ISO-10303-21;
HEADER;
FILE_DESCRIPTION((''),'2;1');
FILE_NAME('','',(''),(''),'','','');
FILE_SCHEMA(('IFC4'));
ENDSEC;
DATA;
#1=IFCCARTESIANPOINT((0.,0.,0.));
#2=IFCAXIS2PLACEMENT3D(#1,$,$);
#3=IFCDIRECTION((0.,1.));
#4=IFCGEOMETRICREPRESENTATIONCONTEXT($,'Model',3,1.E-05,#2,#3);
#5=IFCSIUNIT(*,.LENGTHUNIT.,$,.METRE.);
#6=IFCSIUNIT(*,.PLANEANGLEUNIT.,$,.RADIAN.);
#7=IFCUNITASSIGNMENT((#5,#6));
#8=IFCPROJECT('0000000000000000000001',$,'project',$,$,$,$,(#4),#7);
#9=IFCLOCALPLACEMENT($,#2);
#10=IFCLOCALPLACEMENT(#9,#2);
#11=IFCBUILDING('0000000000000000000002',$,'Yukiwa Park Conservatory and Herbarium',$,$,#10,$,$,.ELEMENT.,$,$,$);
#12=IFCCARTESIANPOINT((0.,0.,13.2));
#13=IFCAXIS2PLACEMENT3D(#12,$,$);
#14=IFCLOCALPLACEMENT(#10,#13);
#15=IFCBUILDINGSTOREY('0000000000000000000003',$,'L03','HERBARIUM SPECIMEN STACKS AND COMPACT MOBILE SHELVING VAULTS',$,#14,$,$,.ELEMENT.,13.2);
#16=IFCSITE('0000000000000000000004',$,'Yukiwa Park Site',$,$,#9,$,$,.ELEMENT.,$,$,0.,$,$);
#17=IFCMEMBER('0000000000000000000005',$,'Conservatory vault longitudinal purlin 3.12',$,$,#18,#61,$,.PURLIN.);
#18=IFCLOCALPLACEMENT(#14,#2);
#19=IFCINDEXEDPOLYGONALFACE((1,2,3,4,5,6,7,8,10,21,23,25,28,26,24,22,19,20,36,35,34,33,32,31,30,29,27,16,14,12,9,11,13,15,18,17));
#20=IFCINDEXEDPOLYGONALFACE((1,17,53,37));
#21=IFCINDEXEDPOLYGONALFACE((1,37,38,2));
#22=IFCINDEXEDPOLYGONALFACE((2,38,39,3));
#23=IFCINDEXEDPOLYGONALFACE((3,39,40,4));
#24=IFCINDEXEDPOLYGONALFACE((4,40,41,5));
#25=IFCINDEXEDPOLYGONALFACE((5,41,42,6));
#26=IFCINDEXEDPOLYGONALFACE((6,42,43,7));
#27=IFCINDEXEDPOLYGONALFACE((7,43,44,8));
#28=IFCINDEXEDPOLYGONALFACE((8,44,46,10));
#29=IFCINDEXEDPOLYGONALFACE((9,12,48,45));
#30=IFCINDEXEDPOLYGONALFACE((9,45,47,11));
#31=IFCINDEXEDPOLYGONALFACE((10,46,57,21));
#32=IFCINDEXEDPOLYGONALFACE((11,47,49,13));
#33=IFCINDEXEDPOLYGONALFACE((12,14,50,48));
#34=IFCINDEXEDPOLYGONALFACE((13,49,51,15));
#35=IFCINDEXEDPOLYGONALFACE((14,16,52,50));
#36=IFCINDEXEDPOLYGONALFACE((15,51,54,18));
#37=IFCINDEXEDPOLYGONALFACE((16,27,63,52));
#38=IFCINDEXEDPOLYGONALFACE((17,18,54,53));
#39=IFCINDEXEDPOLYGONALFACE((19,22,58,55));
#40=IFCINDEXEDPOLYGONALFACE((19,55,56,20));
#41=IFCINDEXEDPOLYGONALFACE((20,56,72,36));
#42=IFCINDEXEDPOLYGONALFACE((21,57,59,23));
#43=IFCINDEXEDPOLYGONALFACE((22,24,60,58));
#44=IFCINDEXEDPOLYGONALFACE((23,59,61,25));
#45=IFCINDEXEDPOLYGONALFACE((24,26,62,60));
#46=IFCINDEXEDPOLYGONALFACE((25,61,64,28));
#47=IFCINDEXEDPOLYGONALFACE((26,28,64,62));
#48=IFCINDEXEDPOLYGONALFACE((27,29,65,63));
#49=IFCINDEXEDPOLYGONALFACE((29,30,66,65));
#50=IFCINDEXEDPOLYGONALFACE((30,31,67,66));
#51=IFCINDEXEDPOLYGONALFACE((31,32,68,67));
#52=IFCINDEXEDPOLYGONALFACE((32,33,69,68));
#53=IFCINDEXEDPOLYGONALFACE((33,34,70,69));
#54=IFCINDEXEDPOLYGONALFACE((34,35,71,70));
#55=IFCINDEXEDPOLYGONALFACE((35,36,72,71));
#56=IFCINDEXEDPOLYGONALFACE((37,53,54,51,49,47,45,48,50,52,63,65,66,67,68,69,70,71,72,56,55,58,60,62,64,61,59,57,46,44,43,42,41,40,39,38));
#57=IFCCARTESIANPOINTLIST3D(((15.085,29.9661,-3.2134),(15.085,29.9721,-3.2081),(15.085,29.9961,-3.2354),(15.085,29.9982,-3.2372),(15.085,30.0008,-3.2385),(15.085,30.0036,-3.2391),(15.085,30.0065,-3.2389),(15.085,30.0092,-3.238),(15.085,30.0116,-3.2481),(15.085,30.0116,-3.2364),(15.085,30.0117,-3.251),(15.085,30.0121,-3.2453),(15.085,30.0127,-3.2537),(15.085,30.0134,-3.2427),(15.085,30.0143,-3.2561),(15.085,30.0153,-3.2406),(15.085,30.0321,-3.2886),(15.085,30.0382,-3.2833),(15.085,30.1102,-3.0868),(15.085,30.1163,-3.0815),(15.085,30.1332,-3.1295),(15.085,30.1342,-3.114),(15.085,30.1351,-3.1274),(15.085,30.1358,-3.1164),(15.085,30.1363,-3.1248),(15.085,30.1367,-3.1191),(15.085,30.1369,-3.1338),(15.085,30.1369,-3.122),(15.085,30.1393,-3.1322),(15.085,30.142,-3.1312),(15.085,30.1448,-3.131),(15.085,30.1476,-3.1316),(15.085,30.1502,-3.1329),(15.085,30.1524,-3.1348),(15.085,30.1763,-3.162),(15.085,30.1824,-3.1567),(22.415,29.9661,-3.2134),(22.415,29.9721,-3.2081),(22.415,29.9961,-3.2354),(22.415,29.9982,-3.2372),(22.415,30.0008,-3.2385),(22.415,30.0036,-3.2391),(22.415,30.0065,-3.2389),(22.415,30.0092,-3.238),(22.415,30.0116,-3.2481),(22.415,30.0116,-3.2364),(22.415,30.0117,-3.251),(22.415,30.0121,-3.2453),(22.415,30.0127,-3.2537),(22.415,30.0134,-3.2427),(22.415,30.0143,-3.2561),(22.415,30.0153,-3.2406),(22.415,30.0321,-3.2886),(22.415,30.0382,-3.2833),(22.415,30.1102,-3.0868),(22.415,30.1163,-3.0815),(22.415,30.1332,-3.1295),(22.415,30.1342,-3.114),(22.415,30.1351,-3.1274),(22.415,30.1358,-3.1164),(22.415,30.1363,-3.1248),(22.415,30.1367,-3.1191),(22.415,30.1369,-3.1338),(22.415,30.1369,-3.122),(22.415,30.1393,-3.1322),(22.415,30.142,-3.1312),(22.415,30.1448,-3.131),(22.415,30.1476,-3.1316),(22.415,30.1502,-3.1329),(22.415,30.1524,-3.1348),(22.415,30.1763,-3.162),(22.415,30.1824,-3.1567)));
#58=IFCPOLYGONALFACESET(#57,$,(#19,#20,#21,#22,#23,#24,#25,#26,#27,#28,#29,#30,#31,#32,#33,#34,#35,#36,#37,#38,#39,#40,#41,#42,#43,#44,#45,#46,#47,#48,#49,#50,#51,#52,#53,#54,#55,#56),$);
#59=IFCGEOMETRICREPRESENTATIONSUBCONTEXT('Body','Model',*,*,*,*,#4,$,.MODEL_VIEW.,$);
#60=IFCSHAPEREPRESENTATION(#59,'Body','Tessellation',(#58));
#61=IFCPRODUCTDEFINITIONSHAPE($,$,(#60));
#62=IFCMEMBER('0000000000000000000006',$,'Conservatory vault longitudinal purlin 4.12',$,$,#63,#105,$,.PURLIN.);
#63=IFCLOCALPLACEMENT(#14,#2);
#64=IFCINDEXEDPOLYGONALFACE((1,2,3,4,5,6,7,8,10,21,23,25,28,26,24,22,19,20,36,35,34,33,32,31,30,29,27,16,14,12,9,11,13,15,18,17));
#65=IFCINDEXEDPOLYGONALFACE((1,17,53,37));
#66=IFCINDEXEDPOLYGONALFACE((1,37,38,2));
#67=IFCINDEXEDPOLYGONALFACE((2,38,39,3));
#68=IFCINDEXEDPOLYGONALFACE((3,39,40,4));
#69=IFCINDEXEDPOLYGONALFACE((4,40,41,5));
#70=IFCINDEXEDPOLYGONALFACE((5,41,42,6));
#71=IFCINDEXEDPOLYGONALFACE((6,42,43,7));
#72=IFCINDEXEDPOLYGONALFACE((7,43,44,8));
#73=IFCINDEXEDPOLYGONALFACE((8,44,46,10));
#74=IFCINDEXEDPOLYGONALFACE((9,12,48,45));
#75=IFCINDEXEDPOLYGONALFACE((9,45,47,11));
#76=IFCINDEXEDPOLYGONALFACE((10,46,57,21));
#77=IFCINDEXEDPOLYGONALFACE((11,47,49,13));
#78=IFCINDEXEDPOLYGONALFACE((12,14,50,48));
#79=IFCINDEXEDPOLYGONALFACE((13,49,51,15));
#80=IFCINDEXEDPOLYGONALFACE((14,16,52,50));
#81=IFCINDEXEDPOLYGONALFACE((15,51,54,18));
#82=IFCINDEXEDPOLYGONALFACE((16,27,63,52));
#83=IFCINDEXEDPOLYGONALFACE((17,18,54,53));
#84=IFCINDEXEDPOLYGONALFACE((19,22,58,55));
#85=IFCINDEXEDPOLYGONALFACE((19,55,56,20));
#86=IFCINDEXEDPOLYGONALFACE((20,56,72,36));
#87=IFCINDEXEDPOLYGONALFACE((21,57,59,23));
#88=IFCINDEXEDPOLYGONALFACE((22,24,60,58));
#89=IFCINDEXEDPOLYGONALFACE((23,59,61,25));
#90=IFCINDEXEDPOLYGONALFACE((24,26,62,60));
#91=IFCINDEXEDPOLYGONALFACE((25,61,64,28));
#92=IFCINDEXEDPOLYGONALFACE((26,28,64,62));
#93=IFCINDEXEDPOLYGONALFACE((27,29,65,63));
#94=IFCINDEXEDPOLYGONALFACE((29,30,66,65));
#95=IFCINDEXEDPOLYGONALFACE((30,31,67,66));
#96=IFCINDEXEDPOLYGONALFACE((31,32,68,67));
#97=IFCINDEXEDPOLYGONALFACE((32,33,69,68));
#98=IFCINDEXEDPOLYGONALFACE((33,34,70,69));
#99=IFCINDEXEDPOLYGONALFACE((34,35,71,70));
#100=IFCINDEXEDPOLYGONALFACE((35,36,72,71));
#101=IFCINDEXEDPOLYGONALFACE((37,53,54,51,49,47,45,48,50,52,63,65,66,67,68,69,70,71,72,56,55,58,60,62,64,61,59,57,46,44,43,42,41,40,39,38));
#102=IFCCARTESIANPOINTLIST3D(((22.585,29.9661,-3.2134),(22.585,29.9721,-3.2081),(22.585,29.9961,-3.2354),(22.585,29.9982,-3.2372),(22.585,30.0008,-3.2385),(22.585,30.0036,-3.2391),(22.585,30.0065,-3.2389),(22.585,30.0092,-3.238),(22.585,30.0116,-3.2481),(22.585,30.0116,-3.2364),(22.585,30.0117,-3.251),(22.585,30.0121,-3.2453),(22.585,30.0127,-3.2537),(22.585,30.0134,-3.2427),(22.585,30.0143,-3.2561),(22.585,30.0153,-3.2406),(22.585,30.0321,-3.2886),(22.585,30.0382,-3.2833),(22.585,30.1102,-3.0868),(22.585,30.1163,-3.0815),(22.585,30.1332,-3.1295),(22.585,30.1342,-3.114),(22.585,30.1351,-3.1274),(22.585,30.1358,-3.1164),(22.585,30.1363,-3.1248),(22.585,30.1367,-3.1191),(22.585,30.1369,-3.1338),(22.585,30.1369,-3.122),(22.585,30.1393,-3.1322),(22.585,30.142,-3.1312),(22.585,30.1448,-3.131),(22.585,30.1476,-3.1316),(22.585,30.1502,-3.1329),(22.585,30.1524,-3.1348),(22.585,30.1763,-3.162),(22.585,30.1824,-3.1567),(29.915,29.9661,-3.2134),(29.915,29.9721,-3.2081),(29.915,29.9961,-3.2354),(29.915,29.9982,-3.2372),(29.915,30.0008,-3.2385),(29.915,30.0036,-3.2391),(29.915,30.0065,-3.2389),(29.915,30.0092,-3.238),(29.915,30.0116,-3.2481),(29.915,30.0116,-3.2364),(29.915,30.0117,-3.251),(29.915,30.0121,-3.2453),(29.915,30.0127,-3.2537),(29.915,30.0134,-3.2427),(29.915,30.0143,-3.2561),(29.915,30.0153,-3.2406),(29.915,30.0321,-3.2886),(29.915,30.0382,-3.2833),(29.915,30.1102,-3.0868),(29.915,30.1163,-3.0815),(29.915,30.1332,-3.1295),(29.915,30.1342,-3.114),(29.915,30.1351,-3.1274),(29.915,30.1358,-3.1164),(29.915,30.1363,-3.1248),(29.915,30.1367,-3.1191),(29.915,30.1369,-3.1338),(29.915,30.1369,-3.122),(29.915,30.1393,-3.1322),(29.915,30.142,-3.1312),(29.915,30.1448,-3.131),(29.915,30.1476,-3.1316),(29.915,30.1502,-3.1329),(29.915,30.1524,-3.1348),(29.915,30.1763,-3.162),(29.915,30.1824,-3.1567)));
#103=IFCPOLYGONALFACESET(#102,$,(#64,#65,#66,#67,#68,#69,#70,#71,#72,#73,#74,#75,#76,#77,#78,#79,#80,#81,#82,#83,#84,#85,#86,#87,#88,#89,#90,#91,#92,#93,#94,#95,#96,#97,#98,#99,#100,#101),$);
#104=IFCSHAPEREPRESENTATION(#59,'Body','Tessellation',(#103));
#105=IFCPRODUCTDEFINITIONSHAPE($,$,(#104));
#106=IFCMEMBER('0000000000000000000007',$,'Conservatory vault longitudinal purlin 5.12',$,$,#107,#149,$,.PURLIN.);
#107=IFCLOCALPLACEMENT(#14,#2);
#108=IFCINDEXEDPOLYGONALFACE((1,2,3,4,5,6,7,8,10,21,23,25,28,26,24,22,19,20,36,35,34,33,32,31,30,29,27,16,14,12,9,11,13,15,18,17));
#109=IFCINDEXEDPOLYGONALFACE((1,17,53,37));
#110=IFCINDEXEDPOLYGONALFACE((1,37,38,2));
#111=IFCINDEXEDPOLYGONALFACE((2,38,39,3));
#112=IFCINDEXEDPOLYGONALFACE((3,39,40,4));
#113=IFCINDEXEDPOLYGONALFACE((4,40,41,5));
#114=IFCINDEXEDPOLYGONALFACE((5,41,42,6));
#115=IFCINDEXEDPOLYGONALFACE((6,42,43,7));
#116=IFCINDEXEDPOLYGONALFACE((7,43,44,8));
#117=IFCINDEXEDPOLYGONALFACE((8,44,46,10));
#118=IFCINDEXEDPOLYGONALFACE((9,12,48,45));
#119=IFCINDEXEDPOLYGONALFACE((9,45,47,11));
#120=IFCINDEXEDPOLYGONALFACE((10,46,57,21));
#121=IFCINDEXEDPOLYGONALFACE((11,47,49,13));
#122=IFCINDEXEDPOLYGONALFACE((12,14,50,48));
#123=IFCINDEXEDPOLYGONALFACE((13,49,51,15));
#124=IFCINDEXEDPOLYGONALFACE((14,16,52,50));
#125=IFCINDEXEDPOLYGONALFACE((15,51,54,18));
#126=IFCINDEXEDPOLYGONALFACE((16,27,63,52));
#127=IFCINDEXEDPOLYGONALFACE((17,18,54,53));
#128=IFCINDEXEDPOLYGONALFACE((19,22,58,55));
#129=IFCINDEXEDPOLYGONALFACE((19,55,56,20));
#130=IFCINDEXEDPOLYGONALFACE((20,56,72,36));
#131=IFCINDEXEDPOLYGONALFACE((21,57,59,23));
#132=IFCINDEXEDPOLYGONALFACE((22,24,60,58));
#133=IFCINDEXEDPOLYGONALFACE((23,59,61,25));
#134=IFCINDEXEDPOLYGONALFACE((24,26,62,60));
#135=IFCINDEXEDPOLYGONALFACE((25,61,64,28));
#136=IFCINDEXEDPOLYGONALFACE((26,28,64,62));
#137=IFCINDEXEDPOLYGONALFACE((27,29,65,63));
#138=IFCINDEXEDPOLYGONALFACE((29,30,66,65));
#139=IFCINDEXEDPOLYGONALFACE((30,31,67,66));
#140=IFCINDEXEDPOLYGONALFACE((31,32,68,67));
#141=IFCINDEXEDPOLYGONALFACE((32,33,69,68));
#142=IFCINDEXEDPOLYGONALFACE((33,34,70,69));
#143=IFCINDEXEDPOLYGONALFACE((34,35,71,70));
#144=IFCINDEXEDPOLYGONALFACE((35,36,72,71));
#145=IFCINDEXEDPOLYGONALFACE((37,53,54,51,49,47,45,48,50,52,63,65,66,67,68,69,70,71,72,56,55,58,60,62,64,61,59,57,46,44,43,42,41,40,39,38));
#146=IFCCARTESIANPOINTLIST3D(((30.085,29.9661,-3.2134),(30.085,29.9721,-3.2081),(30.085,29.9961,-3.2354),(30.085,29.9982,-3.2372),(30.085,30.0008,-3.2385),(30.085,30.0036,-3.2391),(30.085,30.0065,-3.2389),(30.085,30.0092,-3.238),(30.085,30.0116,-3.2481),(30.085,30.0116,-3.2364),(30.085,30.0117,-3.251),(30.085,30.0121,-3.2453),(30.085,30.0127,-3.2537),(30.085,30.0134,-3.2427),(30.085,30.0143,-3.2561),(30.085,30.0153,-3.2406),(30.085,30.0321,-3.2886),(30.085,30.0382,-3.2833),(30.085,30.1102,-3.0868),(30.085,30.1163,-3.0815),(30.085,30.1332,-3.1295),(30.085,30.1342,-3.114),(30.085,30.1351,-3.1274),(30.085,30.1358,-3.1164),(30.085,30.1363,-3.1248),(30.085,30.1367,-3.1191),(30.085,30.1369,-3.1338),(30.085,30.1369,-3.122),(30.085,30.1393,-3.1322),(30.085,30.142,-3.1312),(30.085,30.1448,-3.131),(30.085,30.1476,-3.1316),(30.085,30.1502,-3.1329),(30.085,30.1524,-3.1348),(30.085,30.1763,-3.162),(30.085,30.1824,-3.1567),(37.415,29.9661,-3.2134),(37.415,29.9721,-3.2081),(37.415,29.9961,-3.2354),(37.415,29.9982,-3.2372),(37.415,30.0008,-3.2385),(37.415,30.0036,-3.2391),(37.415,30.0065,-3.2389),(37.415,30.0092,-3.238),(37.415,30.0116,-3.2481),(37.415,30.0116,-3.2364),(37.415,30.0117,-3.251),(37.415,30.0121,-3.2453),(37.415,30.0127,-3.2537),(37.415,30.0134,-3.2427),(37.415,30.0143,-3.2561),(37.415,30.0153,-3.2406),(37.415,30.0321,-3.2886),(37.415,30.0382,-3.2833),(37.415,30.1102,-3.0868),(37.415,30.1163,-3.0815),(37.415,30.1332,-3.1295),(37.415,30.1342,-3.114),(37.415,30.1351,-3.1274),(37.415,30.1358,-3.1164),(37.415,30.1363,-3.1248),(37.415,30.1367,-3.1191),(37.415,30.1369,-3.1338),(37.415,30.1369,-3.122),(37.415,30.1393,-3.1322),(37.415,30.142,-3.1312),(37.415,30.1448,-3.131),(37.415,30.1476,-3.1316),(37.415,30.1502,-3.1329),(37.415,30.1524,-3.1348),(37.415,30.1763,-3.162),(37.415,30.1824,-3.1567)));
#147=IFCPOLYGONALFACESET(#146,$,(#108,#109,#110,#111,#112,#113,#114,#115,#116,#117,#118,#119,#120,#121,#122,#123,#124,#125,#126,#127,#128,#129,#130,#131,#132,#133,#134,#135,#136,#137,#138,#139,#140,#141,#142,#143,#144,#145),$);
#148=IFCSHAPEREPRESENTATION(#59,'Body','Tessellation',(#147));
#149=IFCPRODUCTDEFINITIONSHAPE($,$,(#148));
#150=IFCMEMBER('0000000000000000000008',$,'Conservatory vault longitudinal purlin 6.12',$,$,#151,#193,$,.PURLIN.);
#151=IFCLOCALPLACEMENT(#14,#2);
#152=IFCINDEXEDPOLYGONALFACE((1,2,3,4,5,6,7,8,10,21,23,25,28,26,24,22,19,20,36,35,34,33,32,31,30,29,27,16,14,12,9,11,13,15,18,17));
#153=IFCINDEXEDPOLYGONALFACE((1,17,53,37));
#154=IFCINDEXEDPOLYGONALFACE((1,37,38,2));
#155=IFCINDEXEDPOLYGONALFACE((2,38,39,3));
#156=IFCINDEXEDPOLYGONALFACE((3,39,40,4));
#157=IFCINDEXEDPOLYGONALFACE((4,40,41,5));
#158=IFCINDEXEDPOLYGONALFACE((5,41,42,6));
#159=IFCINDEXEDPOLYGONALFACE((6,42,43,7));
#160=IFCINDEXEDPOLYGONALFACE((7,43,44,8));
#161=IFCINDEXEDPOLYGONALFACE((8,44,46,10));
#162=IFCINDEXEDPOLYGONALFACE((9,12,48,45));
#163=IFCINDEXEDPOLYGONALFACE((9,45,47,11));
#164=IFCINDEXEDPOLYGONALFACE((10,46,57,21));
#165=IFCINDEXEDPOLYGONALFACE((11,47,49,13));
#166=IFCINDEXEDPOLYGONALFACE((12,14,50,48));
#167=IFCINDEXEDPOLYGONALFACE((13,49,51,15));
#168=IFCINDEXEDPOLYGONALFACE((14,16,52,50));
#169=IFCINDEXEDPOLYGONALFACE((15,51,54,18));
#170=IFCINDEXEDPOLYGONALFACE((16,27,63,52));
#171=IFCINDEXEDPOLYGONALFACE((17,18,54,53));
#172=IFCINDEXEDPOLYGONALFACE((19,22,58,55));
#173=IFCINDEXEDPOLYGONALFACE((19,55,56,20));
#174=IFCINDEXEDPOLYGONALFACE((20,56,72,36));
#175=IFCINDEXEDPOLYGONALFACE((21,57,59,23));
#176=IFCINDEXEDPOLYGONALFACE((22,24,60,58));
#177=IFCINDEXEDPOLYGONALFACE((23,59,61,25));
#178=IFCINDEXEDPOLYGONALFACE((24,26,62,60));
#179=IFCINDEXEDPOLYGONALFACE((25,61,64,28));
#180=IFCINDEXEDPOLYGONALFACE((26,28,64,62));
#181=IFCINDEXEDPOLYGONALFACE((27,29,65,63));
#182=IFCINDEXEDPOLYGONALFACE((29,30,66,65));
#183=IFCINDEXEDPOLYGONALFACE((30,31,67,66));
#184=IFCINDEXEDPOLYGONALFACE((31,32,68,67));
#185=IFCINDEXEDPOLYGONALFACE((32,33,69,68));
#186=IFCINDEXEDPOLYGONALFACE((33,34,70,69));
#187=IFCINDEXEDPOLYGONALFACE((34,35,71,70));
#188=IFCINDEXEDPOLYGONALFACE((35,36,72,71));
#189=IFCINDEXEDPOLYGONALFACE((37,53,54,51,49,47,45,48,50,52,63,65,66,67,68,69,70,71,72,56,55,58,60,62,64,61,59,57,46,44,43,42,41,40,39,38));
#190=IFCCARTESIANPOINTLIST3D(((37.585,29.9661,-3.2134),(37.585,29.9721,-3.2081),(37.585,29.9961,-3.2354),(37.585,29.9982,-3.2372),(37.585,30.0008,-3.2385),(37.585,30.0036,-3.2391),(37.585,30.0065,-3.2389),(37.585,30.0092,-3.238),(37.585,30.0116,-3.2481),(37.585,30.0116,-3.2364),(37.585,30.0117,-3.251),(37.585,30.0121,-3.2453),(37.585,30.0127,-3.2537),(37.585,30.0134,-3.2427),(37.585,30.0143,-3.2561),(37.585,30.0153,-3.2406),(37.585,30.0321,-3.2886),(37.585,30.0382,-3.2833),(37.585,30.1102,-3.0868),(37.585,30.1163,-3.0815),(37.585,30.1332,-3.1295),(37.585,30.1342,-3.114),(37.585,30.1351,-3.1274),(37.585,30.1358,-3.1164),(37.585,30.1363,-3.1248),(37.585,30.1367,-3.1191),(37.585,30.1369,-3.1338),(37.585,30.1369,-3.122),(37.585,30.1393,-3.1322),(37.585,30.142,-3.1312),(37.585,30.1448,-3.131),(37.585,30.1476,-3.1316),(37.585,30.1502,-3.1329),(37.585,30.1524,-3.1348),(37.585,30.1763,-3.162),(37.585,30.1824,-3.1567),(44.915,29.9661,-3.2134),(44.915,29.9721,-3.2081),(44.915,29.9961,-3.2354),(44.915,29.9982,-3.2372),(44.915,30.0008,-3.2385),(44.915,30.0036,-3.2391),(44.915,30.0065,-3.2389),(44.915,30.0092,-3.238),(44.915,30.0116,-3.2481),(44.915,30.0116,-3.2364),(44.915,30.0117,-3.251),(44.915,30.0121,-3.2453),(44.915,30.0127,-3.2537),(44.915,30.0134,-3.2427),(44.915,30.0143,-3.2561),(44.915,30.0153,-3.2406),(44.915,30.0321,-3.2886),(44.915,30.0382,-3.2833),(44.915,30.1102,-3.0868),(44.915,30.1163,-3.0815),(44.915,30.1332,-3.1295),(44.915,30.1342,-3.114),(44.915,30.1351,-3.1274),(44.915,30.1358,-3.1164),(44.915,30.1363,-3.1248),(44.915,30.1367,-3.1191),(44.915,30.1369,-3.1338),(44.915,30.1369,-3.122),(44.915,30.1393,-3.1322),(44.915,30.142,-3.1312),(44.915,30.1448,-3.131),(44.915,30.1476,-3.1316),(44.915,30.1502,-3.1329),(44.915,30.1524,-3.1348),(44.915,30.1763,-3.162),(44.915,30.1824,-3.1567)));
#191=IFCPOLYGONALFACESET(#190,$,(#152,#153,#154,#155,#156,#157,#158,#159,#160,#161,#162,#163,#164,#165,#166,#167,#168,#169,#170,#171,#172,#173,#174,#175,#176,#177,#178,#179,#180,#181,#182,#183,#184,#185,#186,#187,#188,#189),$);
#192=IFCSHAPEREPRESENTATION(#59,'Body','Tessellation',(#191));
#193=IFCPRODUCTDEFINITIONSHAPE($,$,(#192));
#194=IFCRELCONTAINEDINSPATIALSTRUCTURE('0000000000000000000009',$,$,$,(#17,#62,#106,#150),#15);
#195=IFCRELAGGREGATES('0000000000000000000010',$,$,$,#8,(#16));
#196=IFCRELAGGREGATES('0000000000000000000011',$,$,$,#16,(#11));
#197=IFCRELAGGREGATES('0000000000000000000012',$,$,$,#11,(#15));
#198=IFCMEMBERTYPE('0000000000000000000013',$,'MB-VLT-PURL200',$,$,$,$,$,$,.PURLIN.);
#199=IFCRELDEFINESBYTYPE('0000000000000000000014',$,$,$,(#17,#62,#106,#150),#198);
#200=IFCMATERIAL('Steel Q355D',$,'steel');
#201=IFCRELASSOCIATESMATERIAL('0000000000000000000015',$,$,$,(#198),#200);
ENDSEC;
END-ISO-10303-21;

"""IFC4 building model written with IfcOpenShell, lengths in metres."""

from ifc_helpers import new_model, si_unit, direction, frame, origin, origin_2d, place, context, subcontext, project, spatial, i_section, extrude, material, material_profile, profile_set, type_object, element, save


model = new_model("IFC4")

# Units and contexts
model_context = context("Model", 3, precision=1e-05, world=origin(), true_north=direction((0.0, 1.0)))
body_context = subcontext(model_context, "Body", "Model", "MODEL_VIEW")
ifc_project = project(units=[si_unit("LENGTHUNIT", "METRE"), si_unit("PLANEANGLEUNIT", "RADIAN")], contexts=[model_context])

# Site, building, storey
site_placement = place(None, origin())
site = spatial("IfcSite", under=ifc_project, at=site_placement, Name="Yukiwa Park Site", CompositionType="ELEMENT", RefElevation=0.0)
building_placement = place(site_placement, origin())
building = spatial("IfcBuilding", under=site, at=building_placement, Name="Yukiwa Park Conservatory and Herbarium", CompositionType="ELEMENT")
storey_placement = place(building_placement, frame((0.0, 0.0, 13.2)))
storey = spatial("IfcBuildingStorey", under=building, at=storey_placement, Name="L03", Description="HERBARIUM SPECIMEN STACKS AND COMPACT MOBILE SHELVING VAULTS", CompositionType="ELEMENT", Elevation=13.2)

# Members
ifc_material_1 = material(Name="Steel Q355D", Category="steel")
ifc_material_profile_1 = material_profile(ifc_material_1, i_section(OverallWidth=0.1001, OverallDepth=0.2, WebThickness=0.0056, FlangeThickness=0.0081, FilletRadius=0.011, at=origin_2d()), Name="HN 200x100x5.5x8")
ifc_profile_set_1 = profile_set([ifc_material_profile_1], Name="Steel Q355D")
member_type_1 = type_object("IfcMemberType", Name="MB-VLT-PURL200", PredefinedType="PURLIN", material=ifc_profile_set_1)
for number, where, z_axis, x_axis, name in (
    (1, (15.085, 30.0742, -3.1851), (1.0, 0.0, 0.0), (0.0, 0.659968, -0.751294), "Conservatory vault longitudinal purlin 3.12"),
    (2, (22.585, 30.0742, -3.1851), (1.0, 0.0, 0.0), (0.0, 0.659968, -0.751294), "Conservatory vault longitudinal purlin 4.12"),
    (3, (30.085, 30.0742, -3.1851), (1.0, 0.0, 0.0), (0.0, 0.659968, -0.751294), "Conservatory vault longitudinal purlin 5.12"),
    (4, (37.585, 30.0742, -3.1851), (1.0, 0.0, 0.0), (0.0, 0.659968, -0.751294), "Conservatory vault longitudinal purlin 6.12"),
):
    element("IfcMember", number, at=place(storey_placement, frame(where, z_axis=z_axis, x_axis=x_axis)), inside=storey, type_object=member_type_1, Name=name, PredefinedType="PURLIN", context=body_context, shape_type="SweptSolid", body=[
        extrude(i_section(OverallWidth=0.1001, OverallDepth=0.2, WebThickness=0.0056, FlangeThickness=0.0081, FilletRadius=0.011, at=origin_2d()), origin(), (0.0, 0.0, 1.0), 7.3301),
    ])

save(model, "model.ifc")
